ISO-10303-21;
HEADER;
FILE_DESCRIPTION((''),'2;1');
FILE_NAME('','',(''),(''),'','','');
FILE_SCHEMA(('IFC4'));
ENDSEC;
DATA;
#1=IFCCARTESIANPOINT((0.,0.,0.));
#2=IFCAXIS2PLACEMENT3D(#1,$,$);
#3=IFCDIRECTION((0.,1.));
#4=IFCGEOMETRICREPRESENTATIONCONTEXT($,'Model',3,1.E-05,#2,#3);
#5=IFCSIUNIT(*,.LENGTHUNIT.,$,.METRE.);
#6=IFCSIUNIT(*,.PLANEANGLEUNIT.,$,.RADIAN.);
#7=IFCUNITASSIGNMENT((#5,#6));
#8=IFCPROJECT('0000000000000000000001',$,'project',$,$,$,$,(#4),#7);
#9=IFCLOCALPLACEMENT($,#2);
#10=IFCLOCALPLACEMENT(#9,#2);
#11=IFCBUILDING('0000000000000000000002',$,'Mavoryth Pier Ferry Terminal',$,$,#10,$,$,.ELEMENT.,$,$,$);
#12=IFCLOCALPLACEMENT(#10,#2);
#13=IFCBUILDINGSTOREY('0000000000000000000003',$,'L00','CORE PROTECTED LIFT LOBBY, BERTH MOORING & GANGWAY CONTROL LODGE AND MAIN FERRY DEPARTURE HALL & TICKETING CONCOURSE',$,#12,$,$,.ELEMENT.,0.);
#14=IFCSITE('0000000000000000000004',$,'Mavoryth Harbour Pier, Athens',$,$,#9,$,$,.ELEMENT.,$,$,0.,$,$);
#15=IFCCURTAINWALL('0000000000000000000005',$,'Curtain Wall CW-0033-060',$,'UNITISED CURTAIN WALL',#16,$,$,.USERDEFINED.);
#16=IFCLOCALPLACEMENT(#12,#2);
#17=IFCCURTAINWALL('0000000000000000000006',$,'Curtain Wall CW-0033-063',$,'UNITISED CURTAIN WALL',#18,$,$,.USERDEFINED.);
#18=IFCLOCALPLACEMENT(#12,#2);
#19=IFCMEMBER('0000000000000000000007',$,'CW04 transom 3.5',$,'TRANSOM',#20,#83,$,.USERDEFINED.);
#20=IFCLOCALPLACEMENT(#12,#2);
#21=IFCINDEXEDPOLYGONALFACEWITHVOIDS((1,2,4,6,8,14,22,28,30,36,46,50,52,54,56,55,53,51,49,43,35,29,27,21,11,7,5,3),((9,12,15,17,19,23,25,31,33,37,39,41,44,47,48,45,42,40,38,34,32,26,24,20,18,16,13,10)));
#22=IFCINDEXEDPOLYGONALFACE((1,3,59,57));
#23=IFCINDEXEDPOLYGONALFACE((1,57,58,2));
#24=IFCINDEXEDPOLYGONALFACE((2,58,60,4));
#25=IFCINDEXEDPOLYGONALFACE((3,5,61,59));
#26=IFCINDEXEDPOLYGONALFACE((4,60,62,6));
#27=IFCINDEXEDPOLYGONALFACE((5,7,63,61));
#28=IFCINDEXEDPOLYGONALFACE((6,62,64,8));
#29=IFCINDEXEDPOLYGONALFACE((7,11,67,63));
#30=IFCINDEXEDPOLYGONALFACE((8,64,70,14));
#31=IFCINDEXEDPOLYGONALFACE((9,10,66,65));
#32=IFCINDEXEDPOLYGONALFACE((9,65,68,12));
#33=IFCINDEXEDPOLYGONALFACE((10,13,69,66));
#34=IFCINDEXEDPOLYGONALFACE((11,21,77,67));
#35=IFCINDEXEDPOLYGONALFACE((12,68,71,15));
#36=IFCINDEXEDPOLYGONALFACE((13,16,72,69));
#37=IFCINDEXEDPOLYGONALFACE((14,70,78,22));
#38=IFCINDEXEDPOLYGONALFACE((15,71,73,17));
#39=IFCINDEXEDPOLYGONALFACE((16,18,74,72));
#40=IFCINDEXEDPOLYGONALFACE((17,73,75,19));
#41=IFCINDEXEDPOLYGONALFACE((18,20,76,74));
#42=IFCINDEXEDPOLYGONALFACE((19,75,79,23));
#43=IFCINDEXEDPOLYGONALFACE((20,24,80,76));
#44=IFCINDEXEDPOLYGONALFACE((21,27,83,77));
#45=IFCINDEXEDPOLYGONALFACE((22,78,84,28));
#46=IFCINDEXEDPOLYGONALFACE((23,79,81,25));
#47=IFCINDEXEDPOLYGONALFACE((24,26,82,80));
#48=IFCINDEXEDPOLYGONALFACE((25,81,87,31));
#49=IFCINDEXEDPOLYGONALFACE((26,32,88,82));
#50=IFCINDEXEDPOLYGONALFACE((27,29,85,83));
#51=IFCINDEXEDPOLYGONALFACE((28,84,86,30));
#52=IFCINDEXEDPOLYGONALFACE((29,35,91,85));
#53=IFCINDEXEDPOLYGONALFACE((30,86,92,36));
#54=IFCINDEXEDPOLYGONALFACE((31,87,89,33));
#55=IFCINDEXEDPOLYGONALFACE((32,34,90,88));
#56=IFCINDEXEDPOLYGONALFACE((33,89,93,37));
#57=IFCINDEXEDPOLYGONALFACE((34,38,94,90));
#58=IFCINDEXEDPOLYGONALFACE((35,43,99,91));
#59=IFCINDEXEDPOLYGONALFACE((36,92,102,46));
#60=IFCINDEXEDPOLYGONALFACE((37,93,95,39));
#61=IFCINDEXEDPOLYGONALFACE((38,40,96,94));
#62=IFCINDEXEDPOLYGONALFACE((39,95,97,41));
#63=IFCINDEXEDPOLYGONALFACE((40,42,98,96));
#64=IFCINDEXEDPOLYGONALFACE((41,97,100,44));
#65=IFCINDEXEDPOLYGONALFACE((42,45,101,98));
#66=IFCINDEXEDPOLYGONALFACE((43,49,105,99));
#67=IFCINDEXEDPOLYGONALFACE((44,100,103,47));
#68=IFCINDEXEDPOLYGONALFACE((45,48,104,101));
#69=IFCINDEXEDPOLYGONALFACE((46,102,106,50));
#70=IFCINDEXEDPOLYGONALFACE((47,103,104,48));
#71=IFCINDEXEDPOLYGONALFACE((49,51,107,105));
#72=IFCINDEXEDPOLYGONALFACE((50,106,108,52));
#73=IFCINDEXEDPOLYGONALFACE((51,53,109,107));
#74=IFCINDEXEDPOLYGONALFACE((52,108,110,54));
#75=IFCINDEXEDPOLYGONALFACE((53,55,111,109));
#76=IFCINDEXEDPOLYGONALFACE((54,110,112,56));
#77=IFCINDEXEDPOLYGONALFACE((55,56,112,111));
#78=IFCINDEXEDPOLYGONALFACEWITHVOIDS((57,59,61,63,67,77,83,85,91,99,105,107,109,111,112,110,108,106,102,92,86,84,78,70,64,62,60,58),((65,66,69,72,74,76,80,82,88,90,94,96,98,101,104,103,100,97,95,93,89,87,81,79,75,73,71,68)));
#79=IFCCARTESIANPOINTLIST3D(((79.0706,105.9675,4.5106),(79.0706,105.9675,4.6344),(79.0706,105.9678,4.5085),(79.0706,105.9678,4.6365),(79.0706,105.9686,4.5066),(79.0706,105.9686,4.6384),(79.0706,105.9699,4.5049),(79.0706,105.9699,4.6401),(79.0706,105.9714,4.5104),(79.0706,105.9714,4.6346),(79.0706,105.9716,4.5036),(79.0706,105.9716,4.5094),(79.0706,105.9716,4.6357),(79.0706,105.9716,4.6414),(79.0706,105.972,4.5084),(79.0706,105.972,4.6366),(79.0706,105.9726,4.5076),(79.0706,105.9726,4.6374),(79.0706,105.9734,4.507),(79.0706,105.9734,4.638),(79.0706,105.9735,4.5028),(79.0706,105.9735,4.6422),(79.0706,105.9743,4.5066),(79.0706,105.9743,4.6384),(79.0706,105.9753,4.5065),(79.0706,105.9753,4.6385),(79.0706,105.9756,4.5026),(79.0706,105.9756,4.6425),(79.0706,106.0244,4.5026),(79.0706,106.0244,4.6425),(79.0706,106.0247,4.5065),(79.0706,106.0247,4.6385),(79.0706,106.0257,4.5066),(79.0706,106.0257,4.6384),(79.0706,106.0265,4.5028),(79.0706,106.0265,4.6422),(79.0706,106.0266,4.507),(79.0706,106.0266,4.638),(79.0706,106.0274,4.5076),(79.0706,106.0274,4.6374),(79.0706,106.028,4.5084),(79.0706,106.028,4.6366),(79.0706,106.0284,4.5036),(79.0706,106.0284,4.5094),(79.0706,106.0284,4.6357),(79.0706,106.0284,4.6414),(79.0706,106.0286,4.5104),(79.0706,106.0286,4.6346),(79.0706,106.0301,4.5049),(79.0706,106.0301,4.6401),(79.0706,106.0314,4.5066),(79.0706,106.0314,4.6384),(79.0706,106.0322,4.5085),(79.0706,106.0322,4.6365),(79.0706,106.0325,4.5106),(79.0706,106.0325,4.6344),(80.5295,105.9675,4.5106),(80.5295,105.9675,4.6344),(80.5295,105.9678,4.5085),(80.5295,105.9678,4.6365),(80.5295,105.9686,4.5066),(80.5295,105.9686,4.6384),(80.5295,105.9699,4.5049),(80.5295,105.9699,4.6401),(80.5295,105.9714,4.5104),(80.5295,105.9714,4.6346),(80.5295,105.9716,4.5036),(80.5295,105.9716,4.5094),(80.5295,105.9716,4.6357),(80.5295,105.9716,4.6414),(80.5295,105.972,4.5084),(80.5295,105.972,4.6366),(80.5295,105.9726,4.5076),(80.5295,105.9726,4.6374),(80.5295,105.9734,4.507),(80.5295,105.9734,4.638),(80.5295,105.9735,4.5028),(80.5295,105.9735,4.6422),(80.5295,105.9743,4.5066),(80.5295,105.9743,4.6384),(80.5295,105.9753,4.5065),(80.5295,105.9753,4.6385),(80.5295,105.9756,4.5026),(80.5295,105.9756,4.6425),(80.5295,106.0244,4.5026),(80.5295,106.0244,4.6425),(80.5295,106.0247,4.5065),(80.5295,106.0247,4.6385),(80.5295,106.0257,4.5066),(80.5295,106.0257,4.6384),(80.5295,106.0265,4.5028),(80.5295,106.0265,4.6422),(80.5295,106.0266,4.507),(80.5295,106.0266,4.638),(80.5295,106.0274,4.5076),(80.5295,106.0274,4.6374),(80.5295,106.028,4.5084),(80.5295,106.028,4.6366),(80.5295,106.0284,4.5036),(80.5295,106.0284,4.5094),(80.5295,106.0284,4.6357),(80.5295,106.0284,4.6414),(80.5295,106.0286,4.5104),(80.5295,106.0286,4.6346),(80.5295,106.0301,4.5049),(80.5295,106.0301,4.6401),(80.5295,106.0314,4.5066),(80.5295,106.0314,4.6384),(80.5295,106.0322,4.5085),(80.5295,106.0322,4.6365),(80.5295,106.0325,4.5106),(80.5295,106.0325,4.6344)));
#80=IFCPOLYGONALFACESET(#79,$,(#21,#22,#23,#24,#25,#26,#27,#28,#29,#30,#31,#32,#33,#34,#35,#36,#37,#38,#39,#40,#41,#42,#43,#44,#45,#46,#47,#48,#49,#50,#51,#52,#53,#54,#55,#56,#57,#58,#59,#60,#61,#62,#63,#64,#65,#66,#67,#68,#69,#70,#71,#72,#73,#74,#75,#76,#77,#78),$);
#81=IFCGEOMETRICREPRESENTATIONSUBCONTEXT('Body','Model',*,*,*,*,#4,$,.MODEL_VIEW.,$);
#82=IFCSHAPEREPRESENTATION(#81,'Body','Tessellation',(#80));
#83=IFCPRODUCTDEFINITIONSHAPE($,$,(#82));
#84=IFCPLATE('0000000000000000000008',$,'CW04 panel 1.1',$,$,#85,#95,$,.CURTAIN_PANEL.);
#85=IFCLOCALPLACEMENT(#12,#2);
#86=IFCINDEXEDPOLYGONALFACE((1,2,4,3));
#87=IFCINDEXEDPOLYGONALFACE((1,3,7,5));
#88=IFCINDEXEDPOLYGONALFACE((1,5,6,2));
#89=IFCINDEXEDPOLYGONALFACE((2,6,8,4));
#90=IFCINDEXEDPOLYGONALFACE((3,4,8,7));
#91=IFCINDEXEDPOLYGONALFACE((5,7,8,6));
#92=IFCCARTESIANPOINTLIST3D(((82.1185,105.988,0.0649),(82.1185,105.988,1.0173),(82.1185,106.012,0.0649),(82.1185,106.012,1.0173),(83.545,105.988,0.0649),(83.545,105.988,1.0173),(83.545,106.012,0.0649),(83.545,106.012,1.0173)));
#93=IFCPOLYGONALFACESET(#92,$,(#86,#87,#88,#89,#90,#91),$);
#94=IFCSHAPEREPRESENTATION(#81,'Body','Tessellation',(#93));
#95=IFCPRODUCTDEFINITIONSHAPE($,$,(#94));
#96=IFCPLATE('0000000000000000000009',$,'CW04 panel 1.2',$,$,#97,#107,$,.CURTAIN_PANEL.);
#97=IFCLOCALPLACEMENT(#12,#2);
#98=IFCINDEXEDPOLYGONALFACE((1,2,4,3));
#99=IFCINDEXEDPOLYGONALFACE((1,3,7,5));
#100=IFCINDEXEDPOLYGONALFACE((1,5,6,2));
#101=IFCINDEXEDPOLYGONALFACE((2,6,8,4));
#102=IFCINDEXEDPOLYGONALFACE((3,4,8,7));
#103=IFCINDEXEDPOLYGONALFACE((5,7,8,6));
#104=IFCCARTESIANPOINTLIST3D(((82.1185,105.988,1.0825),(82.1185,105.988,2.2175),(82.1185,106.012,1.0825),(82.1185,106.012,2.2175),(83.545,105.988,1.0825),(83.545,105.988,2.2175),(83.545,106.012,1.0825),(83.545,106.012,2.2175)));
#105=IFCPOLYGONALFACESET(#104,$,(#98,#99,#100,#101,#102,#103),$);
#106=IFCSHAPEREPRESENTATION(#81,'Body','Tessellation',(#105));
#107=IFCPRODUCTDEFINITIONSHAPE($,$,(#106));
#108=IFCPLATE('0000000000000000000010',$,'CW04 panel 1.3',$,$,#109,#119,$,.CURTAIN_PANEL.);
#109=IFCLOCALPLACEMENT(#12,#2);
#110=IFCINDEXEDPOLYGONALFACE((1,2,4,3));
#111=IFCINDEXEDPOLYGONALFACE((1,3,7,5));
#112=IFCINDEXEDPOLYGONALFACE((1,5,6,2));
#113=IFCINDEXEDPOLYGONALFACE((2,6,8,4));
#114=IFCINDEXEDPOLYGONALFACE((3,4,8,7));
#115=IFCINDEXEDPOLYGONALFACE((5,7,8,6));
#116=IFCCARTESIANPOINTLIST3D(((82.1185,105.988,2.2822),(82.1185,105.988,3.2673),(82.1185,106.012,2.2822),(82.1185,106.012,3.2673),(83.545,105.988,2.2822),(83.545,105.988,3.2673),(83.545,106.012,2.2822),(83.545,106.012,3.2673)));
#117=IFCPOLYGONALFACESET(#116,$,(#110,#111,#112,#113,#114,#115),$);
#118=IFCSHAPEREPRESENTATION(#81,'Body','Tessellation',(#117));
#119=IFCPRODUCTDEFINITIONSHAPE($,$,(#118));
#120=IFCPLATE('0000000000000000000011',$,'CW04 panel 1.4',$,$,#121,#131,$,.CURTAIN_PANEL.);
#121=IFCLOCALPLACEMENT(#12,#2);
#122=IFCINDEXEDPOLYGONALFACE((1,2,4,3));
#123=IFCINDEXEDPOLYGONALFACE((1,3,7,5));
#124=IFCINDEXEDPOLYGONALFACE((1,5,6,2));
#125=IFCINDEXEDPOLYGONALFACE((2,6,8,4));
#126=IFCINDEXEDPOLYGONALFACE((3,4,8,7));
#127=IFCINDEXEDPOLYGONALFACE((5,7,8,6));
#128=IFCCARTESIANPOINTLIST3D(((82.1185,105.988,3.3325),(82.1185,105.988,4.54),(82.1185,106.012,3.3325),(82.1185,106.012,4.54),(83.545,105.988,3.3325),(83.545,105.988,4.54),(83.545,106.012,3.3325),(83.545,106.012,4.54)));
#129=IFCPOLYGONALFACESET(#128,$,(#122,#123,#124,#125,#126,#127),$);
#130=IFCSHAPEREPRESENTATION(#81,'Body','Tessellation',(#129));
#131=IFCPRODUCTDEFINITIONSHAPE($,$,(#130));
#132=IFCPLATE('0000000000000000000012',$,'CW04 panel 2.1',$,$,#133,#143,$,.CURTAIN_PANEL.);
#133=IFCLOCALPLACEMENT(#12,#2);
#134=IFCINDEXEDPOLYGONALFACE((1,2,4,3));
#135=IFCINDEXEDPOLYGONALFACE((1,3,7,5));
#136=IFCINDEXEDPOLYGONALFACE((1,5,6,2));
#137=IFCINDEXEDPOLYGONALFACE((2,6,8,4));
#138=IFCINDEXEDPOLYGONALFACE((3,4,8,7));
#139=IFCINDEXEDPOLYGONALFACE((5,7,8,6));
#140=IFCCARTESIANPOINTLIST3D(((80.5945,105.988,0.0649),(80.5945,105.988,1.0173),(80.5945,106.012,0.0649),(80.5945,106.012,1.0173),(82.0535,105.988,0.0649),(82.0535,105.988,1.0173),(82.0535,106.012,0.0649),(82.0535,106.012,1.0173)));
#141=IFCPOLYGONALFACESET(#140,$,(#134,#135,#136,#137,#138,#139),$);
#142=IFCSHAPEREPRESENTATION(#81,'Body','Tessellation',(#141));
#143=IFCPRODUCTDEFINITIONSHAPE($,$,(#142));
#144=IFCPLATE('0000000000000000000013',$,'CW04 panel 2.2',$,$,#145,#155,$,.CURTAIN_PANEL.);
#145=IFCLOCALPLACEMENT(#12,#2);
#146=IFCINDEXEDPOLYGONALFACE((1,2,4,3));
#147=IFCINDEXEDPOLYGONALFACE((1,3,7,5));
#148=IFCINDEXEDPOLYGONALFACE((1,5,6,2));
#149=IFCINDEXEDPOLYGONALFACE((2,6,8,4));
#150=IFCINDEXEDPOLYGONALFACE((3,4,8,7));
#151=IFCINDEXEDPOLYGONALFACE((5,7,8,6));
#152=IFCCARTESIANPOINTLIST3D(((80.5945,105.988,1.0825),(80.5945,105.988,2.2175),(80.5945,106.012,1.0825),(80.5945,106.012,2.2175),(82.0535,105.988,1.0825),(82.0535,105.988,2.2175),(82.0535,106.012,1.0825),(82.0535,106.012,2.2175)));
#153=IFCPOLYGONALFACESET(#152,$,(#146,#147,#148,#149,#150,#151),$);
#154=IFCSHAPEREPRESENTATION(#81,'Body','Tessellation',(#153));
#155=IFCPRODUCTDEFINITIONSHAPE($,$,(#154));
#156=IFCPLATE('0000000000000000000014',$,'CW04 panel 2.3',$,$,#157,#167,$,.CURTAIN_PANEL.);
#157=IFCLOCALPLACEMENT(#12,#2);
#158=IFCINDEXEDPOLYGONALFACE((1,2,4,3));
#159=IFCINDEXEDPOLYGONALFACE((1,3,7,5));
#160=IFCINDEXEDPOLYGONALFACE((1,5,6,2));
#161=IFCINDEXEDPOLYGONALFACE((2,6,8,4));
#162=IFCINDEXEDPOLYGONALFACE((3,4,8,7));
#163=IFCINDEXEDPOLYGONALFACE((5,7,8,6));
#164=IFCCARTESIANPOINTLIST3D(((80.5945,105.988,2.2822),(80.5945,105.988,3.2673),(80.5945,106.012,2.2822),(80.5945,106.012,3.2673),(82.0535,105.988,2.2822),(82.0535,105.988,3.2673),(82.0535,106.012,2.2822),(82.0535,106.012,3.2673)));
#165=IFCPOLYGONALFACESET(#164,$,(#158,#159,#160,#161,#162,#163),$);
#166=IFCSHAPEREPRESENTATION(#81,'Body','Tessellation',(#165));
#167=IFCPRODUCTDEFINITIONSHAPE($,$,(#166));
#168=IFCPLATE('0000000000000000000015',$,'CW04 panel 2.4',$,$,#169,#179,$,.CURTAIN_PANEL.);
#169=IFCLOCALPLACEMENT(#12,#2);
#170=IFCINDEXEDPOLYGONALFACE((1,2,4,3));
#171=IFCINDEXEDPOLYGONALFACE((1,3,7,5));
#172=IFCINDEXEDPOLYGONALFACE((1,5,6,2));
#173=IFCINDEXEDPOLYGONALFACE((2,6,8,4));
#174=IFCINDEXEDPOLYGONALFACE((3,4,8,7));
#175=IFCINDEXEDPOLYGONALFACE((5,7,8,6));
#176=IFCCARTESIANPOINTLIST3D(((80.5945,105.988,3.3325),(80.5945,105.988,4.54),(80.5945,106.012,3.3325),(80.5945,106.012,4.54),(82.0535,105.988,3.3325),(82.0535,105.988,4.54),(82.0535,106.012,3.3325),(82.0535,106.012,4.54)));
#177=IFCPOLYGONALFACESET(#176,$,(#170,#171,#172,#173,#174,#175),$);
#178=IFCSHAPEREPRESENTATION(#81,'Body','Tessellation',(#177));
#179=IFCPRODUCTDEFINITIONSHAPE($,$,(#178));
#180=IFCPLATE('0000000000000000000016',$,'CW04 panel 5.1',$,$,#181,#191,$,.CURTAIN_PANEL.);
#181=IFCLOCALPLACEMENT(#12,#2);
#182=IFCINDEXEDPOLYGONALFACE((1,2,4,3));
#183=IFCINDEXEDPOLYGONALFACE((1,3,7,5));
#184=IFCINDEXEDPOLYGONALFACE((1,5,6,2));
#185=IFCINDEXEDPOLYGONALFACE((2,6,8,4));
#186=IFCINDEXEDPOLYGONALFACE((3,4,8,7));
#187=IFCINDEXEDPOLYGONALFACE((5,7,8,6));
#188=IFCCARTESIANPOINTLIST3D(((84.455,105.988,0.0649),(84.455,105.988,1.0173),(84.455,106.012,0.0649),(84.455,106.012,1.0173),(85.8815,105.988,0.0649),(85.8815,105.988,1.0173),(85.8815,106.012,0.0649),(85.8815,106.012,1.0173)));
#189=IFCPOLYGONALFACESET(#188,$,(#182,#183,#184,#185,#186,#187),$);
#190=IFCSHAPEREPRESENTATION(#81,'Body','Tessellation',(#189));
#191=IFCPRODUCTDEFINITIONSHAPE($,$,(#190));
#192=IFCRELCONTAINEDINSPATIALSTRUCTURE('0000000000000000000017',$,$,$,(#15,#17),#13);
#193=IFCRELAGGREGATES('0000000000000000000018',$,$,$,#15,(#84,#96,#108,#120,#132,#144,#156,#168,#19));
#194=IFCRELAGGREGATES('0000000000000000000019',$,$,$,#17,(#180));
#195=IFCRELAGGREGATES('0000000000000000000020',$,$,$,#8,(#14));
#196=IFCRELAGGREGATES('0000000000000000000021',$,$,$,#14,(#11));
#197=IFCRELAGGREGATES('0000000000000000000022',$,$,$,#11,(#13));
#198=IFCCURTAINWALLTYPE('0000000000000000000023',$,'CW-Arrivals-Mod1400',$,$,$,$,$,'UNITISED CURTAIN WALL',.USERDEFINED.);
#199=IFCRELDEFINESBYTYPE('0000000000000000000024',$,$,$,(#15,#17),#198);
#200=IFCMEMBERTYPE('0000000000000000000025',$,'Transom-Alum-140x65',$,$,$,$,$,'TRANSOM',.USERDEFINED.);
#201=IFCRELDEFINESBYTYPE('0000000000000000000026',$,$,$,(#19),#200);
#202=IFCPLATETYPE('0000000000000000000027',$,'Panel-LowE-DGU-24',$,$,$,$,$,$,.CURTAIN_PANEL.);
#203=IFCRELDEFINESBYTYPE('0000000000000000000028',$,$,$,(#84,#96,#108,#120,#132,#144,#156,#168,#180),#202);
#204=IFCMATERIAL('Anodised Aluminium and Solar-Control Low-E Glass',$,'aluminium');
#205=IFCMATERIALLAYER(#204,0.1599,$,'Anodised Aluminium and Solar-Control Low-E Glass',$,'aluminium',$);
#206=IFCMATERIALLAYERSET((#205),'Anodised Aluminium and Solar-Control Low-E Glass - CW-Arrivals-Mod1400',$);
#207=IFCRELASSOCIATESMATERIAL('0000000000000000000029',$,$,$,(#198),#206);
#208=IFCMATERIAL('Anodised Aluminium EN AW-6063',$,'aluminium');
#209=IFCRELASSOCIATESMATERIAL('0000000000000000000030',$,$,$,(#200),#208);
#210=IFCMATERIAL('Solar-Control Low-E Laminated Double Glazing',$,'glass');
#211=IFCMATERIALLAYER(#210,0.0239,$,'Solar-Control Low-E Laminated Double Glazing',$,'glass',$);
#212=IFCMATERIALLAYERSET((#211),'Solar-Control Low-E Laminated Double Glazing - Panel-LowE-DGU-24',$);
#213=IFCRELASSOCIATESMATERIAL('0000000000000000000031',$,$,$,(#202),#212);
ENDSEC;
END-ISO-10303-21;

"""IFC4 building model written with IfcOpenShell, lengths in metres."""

from ifc_helpers import new_model, si_unit, direction, frame, origin, origin_2d, place, context, subcontext, project, spatial, rectangle, hollow_rectangle, extrude, material, layer, layer_set, material_profile, profile_set, type_object, element, aggregate, save


model = new_model("IFC4")

# Units and contexts
model_context = context("Model", 3, precision=1e-05, world=origin(), true_north=direction((0.0, 1.0)))
body_context = subcontext(model_context, "Body", "Model", "MODEL_VIEW")
ifc_project = project(units=[si_unit("LENGTHUNIT", "METRE"), si_unit("PLANEANGLEUNIT", "RADIAN")], contexts=[model_context])

# Site, building, storey
site_placement = place(None, origin())
site = spatial("IfcSite", under=ifc_project, at=site_placement, Name="Mavoryth Harbour Pier, Athens", CompositionType="ELEMENT", RefElevation=0.0)
building_placement = place(site_placement, origin())
building = spatial("IfcBuilding", under=site, at=building_placement, Name="Mavoryth Pier Ferry Terminal", CompositionType="ELEMENT")
storey_placement = place(building_placement, origin())
storey = spatial("IfcBuildingStorey", under=building, at=storey_placement, Name="L00", Description="CORE PROTECTED LIFT LOBBY, BERTH MOORING & GANGWAY CONTROL LODGE AND MAIN FERRY DEPARTURE HALL & TICKETING CONCOURSE", CompositionType="ELEMENT", Elevation=0.0)

# Curtain wall
ifc_material_1 = material(Name="Anodised Aluminium and Solar-Control Low-E Glass", Category="aluminium")
ifc_layer_1 = layer(ifc_material_1, 0.1599, Name="Anodised Aluminium and Solar-Control Low-E Glass", Category="aluminium")
ifc_layer_set_1 = layer_set([ifc_layer_1], Name="Anodised Aluminium and Solar-Control Low-E Glass - CW-Arrivals-Mod1400")
curtain_wall_type = type_object("IfcCurtainWallType", Name="CW-Arrivals-Mod1400", ElementType="UNITISED CURTAIN WALL", PredefinedType="USERDEFINED", material=ifc_layer_set_1)
curtain_wall_1_placement = place(storey_placement, origin())
curtain_wall_1 = element("IfcCurtainWall", 1, at=curtain_wall_1_placement, inside=storey, type_object=curtain_wall_type, Name="Curtain Wall CW-0033-060", ObjectType="UNITISED CURTAIN WALL", PredefinedType="USERDEFINED")
ifc_material_2 = material(Name="Anodised Aluminium EN AW-6063", Category="aluminium")

# Curtain wall
curtain_wall_2_placement = place(storey_placement, origin())
curtain_wall_2 = element("IfcCurtainWall", 2, at=curtain_wall_2_placement, inside=storey, type_object=curtain_wall_type, Name="Curtain Wall CW-0033-063", ObjectType="UNITISED CURTAIN WALL", PredefinedType="USERDEFINED")

# Member
ifc_material_profile_1 = material_profile(ifc_material_2, hollow_rectangle(XDim=0.0649, YDim=0.1399, WallThickness=0.0039, InnerFilletRadius=0.0039, OuterFilletRadius=0.0081, at=origin_2d()), Name="AL-TRAN 140x65x4", Category="aluminium")
ifc_profile_set_1 = profile_set([ifc_material_profile_1], Name="Anodised Aluminium EN AW-6063 - AL-TRAN 140x65x4")
member_type_1 = type_object("IfcMemberType", Name="Transom-Alum-140x65", ElementType="TRANSOM", PredefinedType="USERDEFINED", material=ifc_profile_set_1)
member_1_placement = place(storey_placement, frame((80.5295, 106.0, 4.5725), z_axis=(-1.0, 0.0, 0.0), x_axis=(0.0, -1.0, 0.0)))
member_1 = element("IfcMember", 3, at=member_1_placement, type_object=member_type_1, Name="CW04 transom 3.5", ObjectType="TRANSOM", PredefinedType="USERDEFINED", context=body_context, shape_type="SweptSolid", body=[
    extrude(hollow_rectangle(XDim=0.0649, YDim=0.1399, WallThickness=0.0039, InnerFilletRadius=0.0039, OuterFilletRadius=0.0081, at=origin_2d()), origin(), (0.0, 0.0, 1.0), 1.459),
])

# Plates
ifc_material_3 = material(Name="Solar-Control Low-E Laminated Double Glazing", Category="glass")
ifc_layer_2 = layer(ifc_material_3, 0.0239, Name="Solar-Control Low-E Laminated Double Glazing", Category="glass")
ifc_layer_set_2 = layer_set([ifc_layer_2], Name="Solar-Control Low-E Laminated Double Glazing - Panel-LowE-DGU-24")
plate_type = type_object("IfcPlateType", Name="Panel-LowE-DGU-24", PredefinedType="CURTAIN_PANEL", material=ifc_layer_set_2)
plate_1_placement = place(storey_placement, frame((82.8318, 106.0, 0.0649), z_axis=(0.0, 0.0, 1.0), x_axis=(-1.0, 0.0, 0.0)))
plate_1 = element("IfcPlate", 4, at=plate_1_placement, type_object=plate_type, Name="CW04 panel 1.1", PredefinedType="CURTAIN_PANEL", context=body_context, shape_type="SweptSolid", body=[
    extrude(rectangle(XDim=1.4265, YDim=0.0239, at=origin_2d()), origin(), (0.0, 0.0, 1.0), 0.9524),
])
plate_2_placement = place(storey_placement, frame((82.8318, 106.0, 1.0825), z_axis=(0.0, 0.0, 1.0), x_axis=(-1.0, 0.0, 0.0)))
plate_2 = element("IfcPlate", 5, at=plate_2_placement, type_object=plate_type, Name="CW04 panel 1.2", PredefinedType="CURTAIN_PANEL", context=body_context, shape_type="SweptSolid", body=[
    extrude(rectangle(XDim=1.4265, YDim=0.0239, at=origin_2d()), origin(), (0.0, 0.0, 1.0), 1.135),
])
plate_3_placement = place(storey_placement, frame((82.8318, 106.0, 2.2822), z_axis=(0.0, 0.0, 1.0), x_axis=(-1.0, 0.0, 0.0)))
plate_3 = element("IfcPlate", 6, at=plate_3_placement, type_object=plate_type, Name="CW04 panel 1.3", PredefinedType="CURTAIN_PANEL", context=body_context, shape_type="SweptSolid", body=[
    extrude(rectangle(XDim=1.4265, YDim=0.0239, at=origin_2d()), origin(), (0.0, 0.0, 1.0), 0.9851),
])
plate_4_placement = place(storey_placement, frame((82.8318, 106.0, 3.3325), z_axis=(0.0, 0.0, 1.0), x_axis=(-1.0, 0.0, 0.0)))
plate_4 = element("IfcPlate", 7, at=plate_4_placement, type_object=plate_type, Name="CW04 panel 1.4", PredefinedType="CURTAIN_PANEL", context=body_context, shape_type="SweptSolid", body=[
    extrude(rectangle(XDim=1.4265, YDim=0.0239, at=origin_2d()), origin(), (0.0, 0.0, 1.0), 1.2075),
])
plate_5_placement = place(storey_placement, frame((81.324, 106.0, 0.0649), z_axis=(0.0, 0.0, 1.0), x_axis=(-1.0, 0.0, 0.0)))
plate_5 = element("IfcPlate", 8, at=plate_5_placement, type_object=plate_type, Name="CW04 panel 2.1", PredefinedType="CURTAIN_PANEL", context=body_context, shape_type="SweptSolid", body=[
    extrude(rectangle(XDim=1.459, YDim=0.0239, at=origin_2d()), origin(), (0.0, 0.0, 1.0), 0.9524),
])
plate_6_placement = place(storey_placement, frame((81.324, 106.0, 1.0825), z_axis=(0.0, 0.0, 1.0), x_axis=(-1.0, 0.0, 0.0)))
plate_6 = element("IfcPlate", 9, at=plate_6_placement, type_object=plate_type, Name="CW04 panel 2.2", PredefinedType="CURTAIN_PANEL", context=body_context, shape_type="SweptSolid", body=[
    extrude(rectangle(XDim=1.459, YDim=0.0239, at=origin_2d()), origin(), (0.0, 0.0, 1.0), 1.135),
])
plate_7_placement = place(storey_placement, frame((81.324, 106.0, 2.2822), z_axis=(0.0, 0.0, 1.0), x_axis=(-1.0, 0.0, 0.0)))
plate_7 = element("IfcPlate", 10, at=plate_7_placement, type_object=plate_type, Name="CW04 panel 2.3", PredefinedType="CURTAIN_PANEL", context=body_context, shape_type="SweptSolid", body=[
    extrude(rectangle(XDim=1.459, YDim=0.0239, at=origin_2d()), origin(), (0.0, 0.0, 1.0), 0.9851),
])
plate_8_placement = place(storey_placement, frame((81.324, 106.0, 3.3325), z_axis=(0.0, 0.0, 1.0), x_axis=(-1.0, 0.0, 0.0)))
plate_8 = element("IfcPlate", 11, at=plate_8_placement, type_object=plate_type, Name="CW04 panel 2.4", PredefinedType="CURTAIN_PANEL", context=body_context, shape_type="SweptSolid", body=[
    extrude(rectangle(XDim=1.459, YDim=0.0239, at=origin_2d()), origin(), (0.0, 0.0, 1.0), 1.2075),
])
aggregate(curtain_wall_1, [plate_1, plate_2, plate_3, plate_4, plate_5, plate_6, plate_7, plate_8, member_1])
plate_9_placement = place(storey_placement, frame((85.1682, 106.0, 0.0649), z_axis=(0.0, 0.0, 1.0), x_axis=(-1.0, 0.0, 0.0)))
plate_9 = element("IfcPlate", 12, at=plate_9_placement, type_object=plate_type, Name="CW04 panel 5.1", PredefinedType="CURTAIN_PANEL", context=body_context, shape_type="SweptSolid", body=[
    extrude(rectangle(XDim=1.4265, YDim=0.0239, at=origin_2d()), origin(), (0.0, 0.0, 1.0), 0.9524),
])
aggregate(curtain_wall_2, [plate_9])

save(model, "model.ifc")
